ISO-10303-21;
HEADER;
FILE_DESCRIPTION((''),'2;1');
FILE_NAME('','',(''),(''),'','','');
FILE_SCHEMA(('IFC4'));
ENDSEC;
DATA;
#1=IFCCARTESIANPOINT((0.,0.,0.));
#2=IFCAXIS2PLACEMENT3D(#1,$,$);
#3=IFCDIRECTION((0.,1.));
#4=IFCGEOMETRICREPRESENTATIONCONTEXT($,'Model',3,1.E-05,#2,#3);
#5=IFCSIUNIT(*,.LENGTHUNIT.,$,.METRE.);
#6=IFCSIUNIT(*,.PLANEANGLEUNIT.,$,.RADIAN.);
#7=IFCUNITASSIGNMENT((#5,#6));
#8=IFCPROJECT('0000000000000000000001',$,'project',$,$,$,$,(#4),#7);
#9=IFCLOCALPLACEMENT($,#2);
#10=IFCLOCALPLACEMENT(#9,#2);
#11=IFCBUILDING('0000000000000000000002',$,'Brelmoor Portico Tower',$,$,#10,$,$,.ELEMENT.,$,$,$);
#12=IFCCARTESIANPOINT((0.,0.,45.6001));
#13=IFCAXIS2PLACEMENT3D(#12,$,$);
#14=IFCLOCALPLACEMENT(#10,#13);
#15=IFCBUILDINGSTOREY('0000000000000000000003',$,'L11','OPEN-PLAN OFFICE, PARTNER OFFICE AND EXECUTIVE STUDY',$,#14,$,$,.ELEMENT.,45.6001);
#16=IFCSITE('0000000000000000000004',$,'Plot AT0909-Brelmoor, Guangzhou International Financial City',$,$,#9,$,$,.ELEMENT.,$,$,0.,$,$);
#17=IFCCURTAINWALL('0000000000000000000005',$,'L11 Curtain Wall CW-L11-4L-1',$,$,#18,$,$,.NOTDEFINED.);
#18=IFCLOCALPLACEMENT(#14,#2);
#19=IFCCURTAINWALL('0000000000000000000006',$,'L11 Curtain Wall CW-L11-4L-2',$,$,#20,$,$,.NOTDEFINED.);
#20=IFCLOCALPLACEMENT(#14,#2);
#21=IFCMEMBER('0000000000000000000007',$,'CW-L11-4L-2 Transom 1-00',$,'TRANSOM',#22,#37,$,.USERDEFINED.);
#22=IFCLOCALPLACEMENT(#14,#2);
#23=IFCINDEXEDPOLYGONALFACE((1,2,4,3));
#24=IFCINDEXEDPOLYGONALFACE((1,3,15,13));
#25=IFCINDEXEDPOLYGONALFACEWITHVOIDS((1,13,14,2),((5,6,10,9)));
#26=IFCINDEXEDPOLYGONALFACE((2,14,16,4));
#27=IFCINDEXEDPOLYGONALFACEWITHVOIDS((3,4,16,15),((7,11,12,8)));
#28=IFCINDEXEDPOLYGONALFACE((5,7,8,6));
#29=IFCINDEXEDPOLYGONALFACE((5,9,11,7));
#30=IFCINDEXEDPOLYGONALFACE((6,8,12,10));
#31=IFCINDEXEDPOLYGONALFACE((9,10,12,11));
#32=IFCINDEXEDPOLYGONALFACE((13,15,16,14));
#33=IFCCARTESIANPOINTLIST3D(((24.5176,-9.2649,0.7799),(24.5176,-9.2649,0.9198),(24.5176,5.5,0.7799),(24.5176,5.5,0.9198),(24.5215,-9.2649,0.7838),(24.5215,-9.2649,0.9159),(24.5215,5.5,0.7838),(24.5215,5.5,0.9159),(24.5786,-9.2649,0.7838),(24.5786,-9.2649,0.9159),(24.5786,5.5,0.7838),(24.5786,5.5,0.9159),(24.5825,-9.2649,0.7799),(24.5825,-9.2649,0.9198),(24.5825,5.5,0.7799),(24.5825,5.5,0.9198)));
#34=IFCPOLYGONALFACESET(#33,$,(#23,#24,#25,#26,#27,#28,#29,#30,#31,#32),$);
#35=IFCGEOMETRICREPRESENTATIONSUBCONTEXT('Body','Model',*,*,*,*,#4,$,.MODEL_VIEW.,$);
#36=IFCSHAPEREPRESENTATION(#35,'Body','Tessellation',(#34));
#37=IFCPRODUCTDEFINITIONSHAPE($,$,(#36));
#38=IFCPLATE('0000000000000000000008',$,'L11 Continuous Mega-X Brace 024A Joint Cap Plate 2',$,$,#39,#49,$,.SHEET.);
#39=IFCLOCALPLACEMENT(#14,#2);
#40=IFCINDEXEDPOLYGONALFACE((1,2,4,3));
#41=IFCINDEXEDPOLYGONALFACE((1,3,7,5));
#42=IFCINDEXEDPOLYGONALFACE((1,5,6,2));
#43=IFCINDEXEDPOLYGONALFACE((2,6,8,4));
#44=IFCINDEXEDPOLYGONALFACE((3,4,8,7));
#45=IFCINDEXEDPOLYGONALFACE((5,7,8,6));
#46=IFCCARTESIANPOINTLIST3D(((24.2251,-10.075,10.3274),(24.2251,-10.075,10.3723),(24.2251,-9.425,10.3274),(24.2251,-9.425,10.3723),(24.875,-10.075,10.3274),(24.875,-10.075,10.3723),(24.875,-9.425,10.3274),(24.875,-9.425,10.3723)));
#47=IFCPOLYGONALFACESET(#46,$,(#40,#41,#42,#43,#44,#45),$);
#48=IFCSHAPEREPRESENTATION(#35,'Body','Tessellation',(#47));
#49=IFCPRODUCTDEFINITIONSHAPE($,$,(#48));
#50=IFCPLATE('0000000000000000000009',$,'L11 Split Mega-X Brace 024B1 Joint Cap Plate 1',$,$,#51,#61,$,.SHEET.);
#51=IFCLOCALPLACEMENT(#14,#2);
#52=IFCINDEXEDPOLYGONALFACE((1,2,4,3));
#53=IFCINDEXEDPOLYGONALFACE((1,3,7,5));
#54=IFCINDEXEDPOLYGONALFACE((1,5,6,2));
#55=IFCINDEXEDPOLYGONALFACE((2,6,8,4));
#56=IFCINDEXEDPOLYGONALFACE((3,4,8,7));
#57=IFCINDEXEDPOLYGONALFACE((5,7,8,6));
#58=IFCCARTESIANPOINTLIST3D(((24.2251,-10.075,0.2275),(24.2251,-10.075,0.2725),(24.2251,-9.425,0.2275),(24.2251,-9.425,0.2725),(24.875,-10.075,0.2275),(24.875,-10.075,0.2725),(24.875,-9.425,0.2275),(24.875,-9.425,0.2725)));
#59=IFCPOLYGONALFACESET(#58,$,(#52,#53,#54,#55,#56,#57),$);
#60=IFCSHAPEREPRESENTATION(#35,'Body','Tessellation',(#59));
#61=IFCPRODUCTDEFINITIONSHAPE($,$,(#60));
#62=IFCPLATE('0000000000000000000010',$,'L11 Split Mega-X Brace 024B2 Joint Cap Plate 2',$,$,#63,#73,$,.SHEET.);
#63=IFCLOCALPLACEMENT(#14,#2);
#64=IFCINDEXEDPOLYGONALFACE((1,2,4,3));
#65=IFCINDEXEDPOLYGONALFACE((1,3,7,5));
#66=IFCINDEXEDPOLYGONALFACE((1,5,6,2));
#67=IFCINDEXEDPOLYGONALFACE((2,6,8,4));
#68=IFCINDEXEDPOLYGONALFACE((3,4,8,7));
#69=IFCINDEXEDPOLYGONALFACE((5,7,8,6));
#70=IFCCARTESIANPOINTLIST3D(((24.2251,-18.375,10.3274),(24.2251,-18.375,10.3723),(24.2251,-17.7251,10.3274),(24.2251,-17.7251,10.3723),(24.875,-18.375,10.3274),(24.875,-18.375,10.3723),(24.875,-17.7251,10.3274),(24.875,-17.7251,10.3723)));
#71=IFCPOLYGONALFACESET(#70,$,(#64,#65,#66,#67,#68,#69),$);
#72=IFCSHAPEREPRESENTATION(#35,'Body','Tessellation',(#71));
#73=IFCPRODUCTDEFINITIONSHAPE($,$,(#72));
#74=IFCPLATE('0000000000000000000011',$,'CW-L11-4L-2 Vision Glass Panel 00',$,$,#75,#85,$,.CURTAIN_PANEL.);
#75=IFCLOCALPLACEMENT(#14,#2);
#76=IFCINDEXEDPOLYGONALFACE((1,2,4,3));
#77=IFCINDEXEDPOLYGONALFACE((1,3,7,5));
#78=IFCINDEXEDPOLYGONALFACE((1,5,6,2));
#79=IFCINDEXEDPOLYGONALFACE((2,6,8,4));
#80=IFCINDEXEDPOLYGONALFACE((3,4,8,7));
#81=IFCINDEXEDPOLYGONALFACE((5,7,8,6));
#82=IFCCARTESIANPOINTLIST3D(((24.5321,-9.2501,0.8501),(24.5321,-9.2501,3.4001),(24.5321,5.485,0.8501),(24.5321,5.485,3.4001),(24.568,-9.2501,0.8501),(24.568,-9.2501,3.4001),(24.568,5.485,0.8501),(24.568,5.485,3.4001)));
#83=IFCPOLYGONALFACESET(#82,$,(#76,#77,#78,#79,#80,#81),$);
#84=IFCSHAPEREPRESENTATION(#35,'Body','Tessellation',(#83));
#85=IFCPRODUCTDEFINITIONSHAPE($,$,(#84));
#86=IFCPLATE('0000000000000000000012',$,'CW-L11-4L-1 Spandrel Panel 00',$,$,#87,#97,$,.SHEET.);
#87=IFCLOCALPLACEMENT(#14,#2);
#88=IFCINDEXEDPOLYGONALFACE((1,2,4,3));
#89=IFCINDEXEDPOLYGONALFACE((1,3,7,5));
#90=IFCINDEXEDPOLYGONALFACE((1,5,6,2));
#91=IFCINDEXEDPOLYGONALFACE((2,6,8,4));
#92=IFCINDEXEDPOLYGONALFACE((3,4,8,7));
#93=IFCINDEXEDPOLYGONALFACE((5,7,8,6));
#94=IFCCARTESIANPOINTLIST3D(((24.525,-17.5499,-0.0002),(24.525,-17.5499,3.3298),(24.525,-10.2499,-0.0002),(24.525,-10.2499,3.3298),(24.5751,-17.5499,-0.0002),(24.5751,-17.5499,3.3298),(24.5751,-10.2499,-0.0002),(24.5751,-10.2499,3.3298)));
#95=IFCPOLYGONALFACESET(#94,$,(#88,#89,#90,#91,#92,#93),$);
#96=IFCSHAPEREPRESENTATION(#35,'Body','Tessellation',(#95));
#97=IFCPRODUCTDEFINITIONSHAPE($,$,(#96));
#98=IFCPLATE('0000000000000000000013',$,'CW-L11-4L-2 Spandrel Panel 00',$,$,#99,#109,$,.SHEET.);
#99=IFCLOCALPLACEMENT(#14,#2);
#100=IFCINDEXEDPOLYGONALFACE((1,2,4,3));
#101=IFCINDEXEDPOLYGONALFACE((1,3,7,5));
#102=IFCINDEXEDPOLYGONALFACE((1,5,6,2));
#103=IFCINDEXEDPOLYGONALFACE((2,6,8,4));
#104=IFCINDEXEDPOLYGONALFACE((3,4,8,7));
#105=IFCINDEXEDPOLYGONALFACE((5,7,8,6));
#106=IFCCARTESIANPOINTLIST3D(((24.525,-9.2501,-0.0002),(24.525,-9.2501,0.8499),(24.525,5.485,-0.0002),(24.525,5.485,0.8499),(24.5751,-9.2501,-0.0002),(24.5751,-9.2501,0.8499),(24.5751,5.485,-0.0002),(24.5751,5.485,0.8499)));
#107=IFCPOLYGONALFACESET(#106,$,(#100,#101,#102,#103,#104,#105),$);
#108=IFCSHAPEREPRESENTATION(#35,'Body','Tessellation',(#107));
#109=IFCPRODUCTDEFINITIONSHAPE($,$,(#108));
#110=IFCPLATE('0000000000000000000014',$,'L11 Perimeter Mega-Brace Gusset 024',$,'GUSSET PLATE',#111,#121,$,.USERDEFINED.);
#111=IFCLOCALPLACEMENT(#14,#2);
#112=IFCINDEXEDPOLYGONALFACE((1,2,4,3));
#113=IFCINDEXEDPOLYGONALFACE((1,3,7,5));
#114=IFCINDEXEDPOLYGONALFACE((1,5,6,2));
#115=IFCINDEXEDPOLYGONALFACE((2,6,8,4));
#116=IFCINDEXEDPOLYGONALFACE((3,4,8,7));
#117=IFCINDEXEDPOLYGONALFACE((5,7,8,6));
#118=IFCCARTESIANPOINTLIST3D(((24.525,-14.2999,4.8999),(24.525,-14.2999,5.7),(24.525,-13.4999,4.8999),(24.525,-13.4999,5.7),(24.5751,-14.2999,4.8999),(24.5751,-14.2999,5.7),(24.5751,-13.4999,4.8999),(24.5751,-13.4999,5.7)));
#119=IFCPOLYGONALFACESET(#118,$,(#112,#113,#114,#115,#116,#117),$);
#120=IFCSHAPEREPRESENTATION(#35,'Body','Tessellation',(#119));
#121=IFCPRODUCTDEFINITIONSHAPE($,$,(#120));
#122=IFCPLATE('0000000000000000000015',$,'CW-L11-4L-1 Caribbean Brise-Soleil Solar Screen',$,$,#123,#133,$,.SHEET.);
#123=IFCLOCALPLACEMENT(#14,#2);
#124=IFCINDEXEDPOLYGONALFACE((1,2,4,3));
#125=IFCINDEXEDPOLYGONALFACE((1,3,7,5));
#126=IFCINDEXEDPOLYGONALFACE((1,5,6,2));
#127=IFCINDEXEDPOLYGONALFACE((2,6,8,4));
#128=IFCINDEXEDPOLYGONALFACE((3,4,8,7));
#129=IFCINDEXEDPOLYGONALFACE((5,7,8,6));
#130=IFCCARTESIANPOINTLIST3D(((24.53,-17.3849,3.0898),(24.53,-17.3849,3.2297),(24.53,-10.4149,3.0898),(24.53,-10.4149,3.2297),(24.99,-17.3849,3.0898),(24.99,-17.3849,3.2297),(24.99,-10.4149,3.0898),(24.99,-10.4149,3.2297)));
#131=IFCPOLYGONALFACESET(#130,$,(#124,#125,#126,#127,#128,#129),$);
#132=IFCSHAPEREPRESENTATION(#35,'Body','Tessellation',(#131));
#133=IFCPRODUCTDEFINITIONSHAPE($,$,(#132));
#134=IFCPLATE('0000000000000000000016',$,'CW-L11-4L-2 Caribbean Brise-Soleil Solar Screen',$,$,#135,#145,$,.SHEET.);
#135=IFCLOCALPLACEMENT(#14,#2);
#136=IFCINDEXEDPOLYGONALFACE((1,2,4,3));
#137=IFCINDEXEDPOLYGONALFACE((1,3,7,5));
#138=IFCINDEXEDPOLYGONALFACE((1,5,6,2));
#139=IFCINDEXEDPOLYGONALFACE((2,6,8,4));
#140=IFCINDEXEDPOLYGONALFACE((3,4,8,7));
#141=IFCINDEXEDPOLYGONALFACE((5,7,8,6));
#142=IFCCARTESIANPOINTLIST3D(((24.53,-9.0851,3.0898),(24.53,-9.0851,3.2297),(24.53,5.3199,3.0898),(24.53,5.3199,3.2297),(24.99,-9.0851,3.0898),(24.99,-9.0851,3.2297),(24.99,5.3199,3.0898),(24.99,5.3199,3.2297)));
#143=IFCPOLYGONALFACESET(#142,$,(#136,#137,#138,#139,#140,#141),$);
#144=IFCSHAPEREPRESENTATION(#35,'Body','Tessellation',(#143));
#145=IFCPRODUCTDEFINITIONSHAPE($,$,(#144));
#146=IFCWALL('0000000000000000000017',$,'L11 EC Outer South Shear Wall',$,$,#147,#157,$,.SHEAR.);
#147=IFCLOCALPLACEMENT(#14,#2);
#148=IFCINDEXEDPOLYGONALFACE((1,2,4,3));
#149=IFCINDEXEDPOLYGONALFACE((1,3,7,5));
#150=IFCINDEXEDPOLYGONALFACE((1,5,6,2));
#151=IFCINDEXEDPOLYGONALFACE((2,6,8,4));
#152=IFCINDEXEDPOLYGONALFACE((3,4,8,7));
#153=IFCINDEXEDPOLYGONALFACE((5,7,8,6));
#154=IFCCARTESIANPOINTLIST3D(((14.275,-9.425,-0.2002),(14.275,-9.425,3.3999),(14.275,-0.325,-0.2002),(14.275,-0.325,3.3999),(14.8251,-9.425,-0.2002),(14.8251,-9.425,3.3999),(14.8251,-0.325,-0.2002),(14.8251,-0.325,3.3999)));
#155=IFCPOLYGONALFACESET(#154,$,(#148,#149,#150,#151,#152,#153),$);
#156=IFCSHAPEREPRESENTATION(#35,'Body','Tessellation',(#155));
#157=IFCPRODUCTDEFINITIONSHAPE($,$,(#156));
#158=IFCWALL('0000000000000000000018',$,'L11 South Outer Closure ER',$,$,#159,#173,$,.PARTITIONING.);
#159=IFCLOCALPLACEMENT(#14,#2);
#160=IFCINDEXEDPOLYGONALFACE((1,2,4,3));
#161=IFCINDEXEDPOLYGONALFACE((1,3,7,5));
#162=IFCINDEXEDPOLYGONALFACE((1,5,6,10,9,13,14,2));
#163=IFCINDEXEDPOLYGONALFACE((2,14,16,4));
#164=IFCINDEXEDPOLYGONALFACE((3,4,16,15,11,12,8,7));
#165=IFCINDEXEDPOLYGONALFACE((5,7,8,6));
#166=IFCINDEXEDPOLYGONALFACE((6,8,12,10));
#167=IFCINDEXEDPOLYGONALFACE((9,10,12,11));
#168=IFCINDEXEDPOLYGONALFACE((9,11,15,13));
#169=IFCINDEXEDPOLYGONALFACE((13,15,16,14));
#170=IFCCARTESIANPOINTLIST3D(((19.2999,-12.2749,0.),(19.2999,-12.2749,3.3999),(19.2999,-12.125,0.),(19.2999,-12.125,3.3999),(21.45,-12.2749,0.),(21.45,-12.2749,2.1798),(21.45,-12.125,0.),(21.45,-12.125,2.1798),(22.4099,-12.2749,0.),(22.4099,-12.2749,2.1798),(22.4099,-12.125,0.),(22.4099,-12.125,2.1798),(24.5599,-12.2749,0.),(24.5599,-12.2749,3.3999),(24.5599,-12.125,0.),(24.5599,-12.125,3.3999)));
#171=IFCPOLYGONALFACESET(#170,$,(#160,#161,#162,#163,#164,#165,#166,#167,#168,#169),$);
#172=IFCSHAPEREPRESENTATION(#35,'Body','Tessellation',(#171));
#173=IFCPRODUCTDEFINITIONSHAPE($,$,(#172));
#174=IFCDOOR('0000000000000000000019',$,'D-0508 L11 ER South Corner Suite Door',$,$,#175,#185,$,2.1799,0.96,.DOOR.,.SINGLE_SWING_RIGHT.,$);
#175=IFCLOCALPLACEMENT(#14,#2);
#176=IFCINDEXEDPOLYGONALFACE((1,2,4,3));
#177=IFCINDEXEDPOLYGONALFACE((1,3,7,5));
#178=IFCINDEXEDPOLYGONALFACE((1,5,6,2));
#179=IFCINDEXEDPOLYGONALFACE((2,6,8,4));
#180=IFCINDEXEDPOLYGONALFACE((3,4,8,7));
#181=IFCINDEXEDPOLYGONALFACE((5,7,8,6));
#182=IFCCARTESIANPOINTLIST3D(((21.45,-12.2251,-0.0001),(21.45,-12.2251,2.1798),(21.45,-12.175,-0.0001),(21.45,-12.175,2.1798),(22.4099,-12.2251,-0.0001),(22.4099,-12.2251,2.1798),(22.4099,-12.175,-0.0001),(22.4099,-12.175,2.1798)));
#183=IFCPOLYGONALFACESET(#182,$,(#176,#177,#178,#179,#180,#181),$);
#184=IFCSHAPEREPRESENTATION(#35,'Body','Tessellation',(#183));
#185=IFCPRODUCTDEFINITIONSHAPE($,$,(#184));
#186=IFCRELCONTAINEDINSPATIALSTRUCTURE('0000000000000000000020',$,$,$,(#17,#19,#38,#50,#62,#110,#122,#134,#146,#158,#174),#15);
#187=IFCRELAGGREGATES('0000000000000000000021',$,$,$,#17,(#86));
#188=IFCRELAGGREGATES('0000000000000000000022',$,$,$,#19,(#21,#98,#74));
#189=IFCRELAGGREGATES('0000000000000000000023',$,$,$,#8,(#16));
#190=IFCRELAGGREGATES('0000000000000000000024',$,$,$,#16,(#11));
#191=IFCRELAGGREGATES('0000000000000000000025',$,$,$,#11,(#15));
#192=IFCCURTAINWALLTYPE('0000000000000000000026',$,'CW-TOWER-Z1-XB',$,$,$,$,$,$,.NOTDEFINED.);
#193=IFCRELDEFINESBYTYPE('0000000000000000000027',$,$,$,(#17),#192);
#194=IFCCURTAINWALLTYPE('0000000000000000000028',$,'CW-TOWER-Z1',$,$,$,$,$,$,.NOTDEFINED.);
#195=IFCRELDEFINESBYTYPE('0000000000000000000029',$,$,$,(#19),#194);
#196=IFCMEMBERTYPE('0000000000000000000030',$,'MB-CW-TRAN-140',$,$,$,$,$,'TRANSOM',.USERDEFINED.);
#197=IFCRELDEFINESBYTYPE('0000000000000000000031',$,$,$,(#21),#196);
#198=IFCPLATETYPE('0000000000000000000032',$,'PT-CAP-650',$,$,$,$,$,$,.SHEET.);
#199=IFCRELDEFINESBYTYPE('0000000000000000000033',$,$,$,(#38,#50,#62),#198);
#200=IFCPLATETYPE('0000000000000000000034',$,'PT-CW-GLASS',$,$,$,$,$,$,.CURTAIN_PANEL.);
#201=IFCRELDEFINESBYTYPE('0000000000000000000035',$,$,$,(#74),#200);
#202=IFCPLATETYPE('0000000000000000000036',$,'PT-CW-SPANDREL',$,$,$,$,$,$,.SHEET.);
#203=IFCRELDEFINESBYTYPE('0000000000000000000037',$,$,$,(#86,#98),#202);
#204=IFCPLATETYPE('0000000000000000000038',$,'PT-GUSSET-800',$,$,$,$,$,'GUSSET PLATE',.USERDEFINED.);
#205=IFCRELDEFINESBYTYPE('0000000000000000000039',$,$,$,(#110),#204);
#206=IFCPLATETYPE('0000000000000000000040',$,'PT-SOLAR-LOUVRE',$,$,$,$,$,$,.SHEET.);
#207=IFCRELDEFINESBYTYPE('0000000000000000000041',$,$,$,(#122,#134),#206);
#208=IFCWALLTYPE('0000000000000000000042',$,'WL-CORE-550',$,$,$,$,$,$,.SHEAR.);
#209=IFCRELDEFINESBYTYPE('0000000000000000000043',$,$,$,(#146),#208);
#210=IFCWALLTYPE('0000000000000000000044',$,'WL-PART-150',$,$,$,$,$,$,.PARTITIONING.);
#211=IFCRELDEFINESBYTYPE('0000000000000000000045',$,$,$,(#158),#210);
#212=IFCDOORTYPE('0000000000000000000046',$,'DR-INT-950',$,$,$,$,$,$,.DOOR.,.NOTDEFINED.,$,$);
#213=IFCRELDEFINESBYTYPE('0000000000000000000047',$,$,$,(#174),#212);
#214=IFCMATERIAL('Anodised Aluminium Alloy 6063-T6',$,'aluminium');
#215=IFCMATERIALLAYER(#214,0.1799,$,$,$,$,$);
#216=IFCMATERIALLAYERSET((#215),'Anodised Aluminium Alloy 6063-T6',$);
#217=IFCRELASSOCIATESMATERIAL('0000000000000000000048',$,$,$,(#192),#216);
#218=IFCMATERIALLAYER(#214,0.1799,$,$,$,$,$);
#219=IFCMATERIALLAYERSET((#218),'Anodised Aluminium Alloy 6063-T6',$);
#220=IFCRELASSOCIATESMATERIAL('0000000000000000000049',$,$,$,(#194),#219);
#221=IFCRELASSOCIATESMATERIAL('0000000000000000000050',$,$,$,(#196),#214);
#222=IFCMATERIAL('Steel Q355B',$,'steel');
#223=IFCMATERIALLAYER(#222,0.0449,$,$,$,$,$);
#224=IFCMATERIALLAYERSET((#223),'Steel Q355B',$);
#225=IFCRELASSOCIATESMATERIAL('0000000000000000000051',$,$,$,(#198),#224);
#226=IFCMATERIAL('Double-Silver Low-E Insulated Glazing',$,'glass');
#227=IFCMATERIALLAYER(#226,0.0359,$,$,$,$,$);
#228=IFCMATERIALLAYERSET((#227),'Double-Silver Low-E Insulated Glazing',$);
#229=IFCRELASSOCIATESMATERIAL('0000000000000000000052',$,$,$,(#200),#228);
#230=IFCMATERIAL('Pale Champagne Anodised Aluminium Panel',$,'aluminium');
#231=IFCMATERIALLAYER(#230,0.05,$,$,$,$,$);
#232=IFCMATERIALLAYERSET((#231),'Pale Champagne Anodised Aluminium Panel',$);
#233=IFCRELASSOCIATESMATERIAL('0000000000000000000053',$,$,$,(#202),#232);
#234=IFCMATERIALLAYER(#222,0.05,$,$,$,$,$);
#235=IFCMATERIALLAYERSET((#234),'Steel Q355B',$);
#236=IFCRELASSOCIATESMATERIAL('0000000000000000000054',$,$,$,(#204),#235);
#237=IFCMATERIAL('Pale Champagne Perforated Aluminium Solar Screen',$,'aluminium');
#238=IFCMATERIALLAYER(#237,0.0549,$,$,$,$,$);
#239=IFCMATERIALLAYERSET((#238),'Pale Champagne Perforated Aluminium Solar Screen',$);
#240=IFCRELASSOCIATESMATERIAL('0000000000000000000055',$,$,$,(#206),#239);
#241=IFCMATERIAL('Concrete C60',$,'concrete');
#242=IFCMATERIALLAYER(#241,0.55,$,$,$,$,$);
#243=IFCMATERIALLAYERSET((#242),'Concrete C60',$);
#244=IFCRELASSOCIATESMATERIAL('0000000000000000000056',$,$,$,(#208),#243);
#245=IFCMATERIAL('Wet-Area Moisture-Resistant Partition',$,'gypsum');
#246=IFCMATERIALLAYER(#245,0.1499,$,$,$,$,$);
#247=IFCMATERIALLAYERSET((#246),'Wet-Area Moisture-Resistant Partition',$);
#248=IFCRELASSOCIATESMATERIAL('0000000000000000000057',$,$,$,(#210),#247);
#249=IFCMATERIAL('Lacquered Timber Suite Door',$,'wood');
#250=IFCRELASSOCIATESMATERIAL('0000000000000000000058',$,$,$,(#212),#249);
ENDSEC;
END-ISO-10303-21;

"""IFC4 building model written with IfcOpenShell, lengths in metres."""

from ifc_helpers import new_model, si_unit, direction, frame, frame_2d, origin, origin_2d, place, context, subcontext, project, spatial, rectangle, hollow_rectangle, extrude, material, layer, layer_set, material_profile, profile_set, type_object, element, fill, aggregate, save


model = new_model("IFC4")

# Units and contexts
model_context = context("Model", 3, precision=1e-05, world=origin(), true_north=direction((0.0, 1.0)))
body_context = subcontext(model_context, "Body", "Model", "MODEL_VIEW")
ifc_project = project(units=[si_unit("LENGTHUNIT", "METRE"), si_unit("PLANEANGLEUNIT", "RADIAN")], contexts=[model_context])

# Site, building, storey
site_placement = place(None, origin())
site = spatial("IfcSite", under=ifc_project, at=site_placement, Name="Plot AT0909-Brelmoor, Guangzhou International Financial City", CompositionType="ELEMENT", RefElevation=0.0)
building_placement = place(site_placement, origin())
building = spatial("IfcBuilding", under=site, at=building_placement, Name="Brelmoor Portico Tower", CompositionType="ELEMENT")
storey_placement = place(building_placement, frame((0.0, 0.0, 45.6001)))
storey = spatial("IfcBuildingStorey", under=building, at=storey_placement, Name="L11", Description="OPEN-PLAN OFFICE, PARTNER OFFICE AND EXECUTIVE STUDY", CompositionType="ELEMENT", Elevation=45.6001)

# Shared definitions
ifc_material_1 = material(Name="Steel Q355B", Category="steel")

# Curtain wall
ifc_material_2 = material(Name="Anodised Aluminium Alloy 6063-T6", Category="aluminium")
ifc_layer_1 = layer(ifc_material_2, 0.1799)
ifc_layer_set_1 = layer_set([ifc_layer_1], Name="Anodised Aluminium Alloy 6063-T6")
curtain_wall_type_1 = type_object("IfcCurtainWallType", Name="CW-TOWER-Z1-XB", PredefinedType="NOTDEFINED", material=ifc_layer_set_1)
curtain_wall_1_placement = place(storey_placement, origin())
curtain_wall_1 = element("IfcCurtainWall", 1, at=curtain_wall_1_placement, inside=storey, type_object=curtain_wall_type_1, Name="L11 Curtain Wall CW-L11-4L-1", PredefinedType="NOTDEFINED")

# Curtain wall
ifc_layer_2 = layer(ifc_material_2, 0.1799)
ifc_layer_set_2 = layer_set([ifc_layer_2], Name="Anodised Aluminium Alloy 6063-T6")
curtain_wall_type_2 = type_object("IfcCurtainWallType", Name="CW-TOWER-Z1", PredefinedType="NOTDEFINED", material=ifc_layer_set_2)
curtain_wall_2_placement = place(storey_placement, origin())
curtain_wall_2 = element("IfcCurtainWall", 2, at=curtain_wall_2_placement, inside=storey, type_object=curtain_wall_type_2, Name="L11 Curtain Wall CW-L11-4L-2", PredefinedType="NOTDEFINED")

# Member
ifc_material_profile_1 = material_profile(ifc_material_2, hollow_rectangle(XDim=0.0649, YDim=0.1399, WallThickness=0.0039, at=origin_2d()), Name="ALU TRANSOM 65x140")
ifc_profile_set_1 = profile_set([ifc_material_profile_1], Name="Anodised Aluminium Alloy 6063-T6")
member_type_1 = type_object("IfcMemberType", Name="MB-CW-TRAN-140", ElementType="TRANSOM", PredefinedType="USERDEFINED", material=ifc_profile_set_1)
member_1_placement = place(storey_placement, frame((24.55, -9.2649, 0.8499), z_axis=(0.0, 1.0, 0.0), x_axis=(-1.0, 0.0, 0.0)))
member_1 = element("IfcMember", 3, at=member_1_placement, type_object=member_type_1, Name="CW-L11-4L-2 Transom 1-00", ObjectType="TRANSOM", PredefinedType="USERDEFINED", context=body_context, shape_type="SweptSolid", body=[
    extrude(hollow_rectangle(XDim=0.0649, YDim=0.1399, WallThickness=0.0039, at=origin_2d()), origin(), (0.0, 0.0, 1.0), 14.7649),
])

# Plates
ifc_layer_3 = layer(ifc_material_1, 0.0449)
ifc_layer_set_3 = layer_set([ifc_layer_3], Name="Steel Q355B")
plate_type_1 = type_object("IfcPlateType", Name="PT-CAP-650", PredefinedType="SHEET", material=ifc_layer_set_3)
for number, where, z_axis, x_axis, name in (
    (4, (24.55, -9.75, 10.3274), (0.0, 0.0, 1.0), (1.0, 0.0, 0.0), "L11 Continuous Mega-X Brace 024A Joint Cap Plate 2"),
    (5, (24.55, -9.75, 0.2275), (0.0, 0.0, 1.0), (1.0, 0.0, 0.0), "L11 Split Mega-X Brace 024B1 Joint Cap Plate 1"),
    (6, (24.55, -18.05, 10.3274), (0.0, 0.0, 1.0), (1.0, 0.0, 0.0), "L11 Split Mega-X Brace 024B2 Joint Cap Plate 2"),
):
    element("IfcPlate", number, at=place(storey_placement, frame(where, z_axis=z_axis, x_axis=x_axis)), inside=storey, type_object=plate_type_1, Name=name, PredefinedType="SHEET", context=body_context, shape_type="SweptSolid", body=[
        extrude(rectangle(XDim=0.6499, YDim=0.6499, at=origin_2d()), origin(), (0.0, 0.0, 1.0), 0.0449),
    ])

# Plates
ifc_material_3 = material(Name="Double-Silver Low-E Insulated Glazing", Category="glass")
ifc_layer_4 = layer(ifc_material_3, 0.0359)
ifc_layer_set_4 = layer_set([ifc_layer_4], Name="Double-Silver Low-E Insulated Glazing")
plate_type_2 = type_object("IfcPlateType", Name="PT-CW-GLASS", PredefinedType="CURTAIN_PANEL", material=ifc_layer_set_4)
plate_1_placement = place(storey_placement, frame((24.55, -1.8826, 0.8501), z_axis=(0.0, 0.0, 1.0), x_axis=(0.0, 1.0, 0.0)))
plate_1 = element("IfcPlate", 7, at=plate_1_placement, type_object=plate_type_2, Name="CW-L11-4L-2 Vision Glass Panel 00", PredefinedType="CURTAIN_PANEL", context=body_context, shape_type="SweptSolid", body=[
    extrude(rectangle(XDim=14.7351, YDim=0.0359, at=origin_2d()), origin(), (0.0, 0.0, 1.0), 2.55),
])
ifc_material_4 = material(Name="Pale Champagne Anodised Aluminium Panel", Category="aluminium")
ifc_layer_5 = layer(ifc_material_4, 0.05)
ifc_layer_set_5 = layer_set([ifc_layer_5], Name="Pale Champagne Anodised Aluminium Panel")
plate_type_3 = type_object("IfcPlateType", Name="PT-CW-SPANDREL", PredefinedType="SHEET", material=ifc_layer_set_5)
plate_2_placement = place(storey_placement, frame((24.55, -13.8999, -0.0002), z_axis=(0.0, 0.0, 1.0), x_axis=(0.0, 1.0, 0.0)))
plate_2 = element("IfcPlate", 8, at=plate_2_placement, type_object=plate_type_3, Name="CW-L11-4L-1 Spandrel Panel 00", PredefinedType="SHEET", context=body_context, shape_type="SweptSolid", body=[
    extrude(rectangle(XDim=7.3, YDim=0.05, at=origin_2d()), origin(), (0.0, 0.0, 1.0), 3.3301),
])
aggregate(curtain_wall_1, [plate_2])
plate_3_placement = place(storey_placement, frame((24.55, -1.8826, -0.0002), z_axis=(0.0, 0.0, 1.0), x_axis=(0.0, 1.0, 0.0)))
plate_3 = element("IfcPlate", 9, at=plate_3_placement, type_object=plate_type_3, Name="CW-L11-4L-2 Spandrel Panel 00", PredefinedType="SHEET", context=body_context, shape_type="SweptSolid", body=[
    extrude(rectangle(XDim=14.7351, YDim=0.05, at=origin_2d()), origin(), (0.0, 0.0, 1.0), 0.8501),
])
aggregate(curtain_wall_2, [member_1, plate_3, plate_1])

# Plates
ifc_layer_6 = layer(ifc_material_1, 0.05)
ifc_layer_set_6 = layer_set([ifc_layer_6], Name="Steel Q355B")
plate_type_4 = type_object("IfcPlateType", Name="PT-GUSSET-800", ElementType="GUSSET PLATE", PredefinedType="USERDEFINED", material=ifc_layer_set_6)
plate_4_placement = place(storey_placement, frame((24.55, -13.8999, 4.8999), z_axis=(0.0, 0.0, 1.0), x_axis=(1.0, 0.0, 0.0)))
element("IfcPlate", 10, at=plate_4_placement, inside=storey, type_object=plate_type_4, Name="L11 Perimeter Mega-Brace Gusset 024", ObjectType="GUSSET PLATE", PredefinedType="USERDEFINED", context=body_context, shape_type="SweptSolid", body=[
    extrude(rectangle(XDim=0.05, YDim=0.8, at=origin_2d()), origin(), (0.0, 0.0, 1.0), 0.8),
])
ifc_material_5 = material(Name="Pale Champagne Perforated Aluminium Solar Screen", Category="aluminium")
ifc_layer_7 = layer(ifc_material_5, 0.0549)
ifc_layer_set_7 = layer_set([ifc_layer_7], Name="Pale Champagne Perforated Aluminium Solar Screen")
plate_type_5 = type_object("IfcPlateType", Name="PT-SOLAR-LOUVRE", PredefinedType="SHEET", material=ifc_layer_set_7)
plate_5_placement = place(storey_placement, frame((24.76, -13.8999, 3.0898), z_axis=(0.0, 0.0, 1.0), x_axis=(0.0, 1.0, 0.0)))
element("IfcPlate", 11, at=plate_5_placement, inside=storey, type_object=plate_type_5, Name="CW-L11-4L-1 Caribbean Brise-Soleil Solar Screen", PredefinedType="SHEET", context=body_context, shape_type="SweptSolid", body=[
    extrude(rectangle(XDim=6.97, YDim=0.46, at=origin_2d()), origin(), (0.0, 0.0, 1.0), 0.1399),
])
plate_6_placement = place(storey_placement, frame((24.76, -1.8826, 3.0898), z_axis=(0.0, 0.0, 1.0), x_axis=(0.0, 1.0, 0.0)))
element("IfcPlate", 12, at=plate_6_placement, inside=storey, type_object=plate_type_5, Name="CW-L11-4L-2 Caribbean Brise-Soleil Solar Screen", PredefinedType="SHEET", context=body_context, shape_type="SweptSolid", body=[
    extrude(rectangle(XDim=14.405, YDim=0.46, at=origin_2d()), origin(), (0.0, 0.0, 1.0), 0.1399),
])

# Wall
ifc_material_6 = material(Name="Concrete C60", Category="concrete")
ifc_layer_8 = layer(ifc_material_6, 0.55)
ifc_layer_set_8 = layer_set([ifc_layer_8], Name="Concrete C60")
wall_type_1 = type_object("IfcWallType", Name="WL-CORE-550", PredefinedType="SHEAR", material=ifc_layer_set_8)
wall_1_placement = place(storey_placement, frame((14.55, -9.425, -0.2002), z_axis=(0.0, 0.0, 1.0), x_axis=(0.0, 1.0, 0.0)))
element("IfcWall", 13, at=wall_1_placement, inside=storey, type_object=wall_type_1, Name="L11 EC Outer South Shear Wall", PredefinedType="SHEAR", context=body_context, shape_type="SweptSolid", body=[
    extrude(rectangle(XDim=9.1001, YDim=0.55, at=frame_2d((4.55, 0.0))), origin(), (0.0, 0.0, 1.0), 3.6001),
])

# Wall, opening, door
ifc_material_7 = material(Name="Wet-Area Moisture-Resistant Partition", Category="gypsum")
ifc_layer_9 = layer(ifc_material_7, 0.1499)
ifc_layer_set_9 = layer_set([ifc_layer_9], Name="Wet-Area Moisture-Resistant Partition")
wall_type_2 = type_object("IfcWallType", Name="WL-PART-150", PredefinedType="PARTITIONING", material=ifc_layer_set_9)
wall_2_placement = place(storey_placement, frame((19.3, -12.2, 0.0), z_axis=(0.0, 0.0, 1.0), x_axis=(1.0, 0.0, 0.0)))
wall_2 = element("IfcWall", 14, at=wall_2_placement, inside=storey, type_object=wall_type_2, Name="L11 South Outer Closure ER", PredefinedType="PARTITIONING", context=body_context, shape_type="SweptSolid", body=[
    extrude(rectangle(XDim=5.26, YDim=0.1499, at=frame_2d((2.6299, 0.0))), origin(), (0.0, 0.0, 1.0), 3.3999),
])
opening_1_placement = place(wall_2_placement, frame((2.1499, 0.0, 0.0)))
opening_1 = element("IfcOpeningElement", 15, at=opening_1_placement, cuts=wall_2, PredefinedType="OPENING", context=body_context, shape_type="SweptSolid", body=[
    extrude(rectangle(XDim=0.96, YDim=2.1799, at=frame_2d((0.48, 1.0898))), frame((0.0, 0.085, 0.0), z_axis=(0.0, -1.0, 0.0), x_axis=(1.0, 0.0, 0.0)), (0.0, 0.0, 1.0), 0.1699),
])
ifc_material_8 = material(Name="Lacquered Timber Suite Door", Category="wood")
door_type_1 = type_object("IfcDoorType", Name="DR-INT-950", OperationType="NOTDEFINED", PredefinedType="DOOR", material=ifc_material_8)
door_1_placement = place(opening_1_placement, origin())
door_1 = element("IfcDoor", 16, at=door_1_placement, inside=storey, type_object=door_type_1, Name="D-0508 L11 ER South Corner Suite Door", OperationType="SINGLE_SWING_RIGHT", OverallHeight=2.1799, OverallWidth=0.96, PredefinedType="DOOR", context=body_context, shape_type="SweptSolid", body=[
    extrude(rectangle(XDim=0.96, YDim=2.1799, at=frame_2d((0.48, 1.0898))), frame((0.0, 0.0249, 0.0), z_axis=(0.0, -1.0, 0.0), x_axis=(1.0, 0.0, 0.0)), (0.0, 0.0, 1.0), 0.05),
])
fill(opening_1, door_1)

save(model, "model.ifc")
